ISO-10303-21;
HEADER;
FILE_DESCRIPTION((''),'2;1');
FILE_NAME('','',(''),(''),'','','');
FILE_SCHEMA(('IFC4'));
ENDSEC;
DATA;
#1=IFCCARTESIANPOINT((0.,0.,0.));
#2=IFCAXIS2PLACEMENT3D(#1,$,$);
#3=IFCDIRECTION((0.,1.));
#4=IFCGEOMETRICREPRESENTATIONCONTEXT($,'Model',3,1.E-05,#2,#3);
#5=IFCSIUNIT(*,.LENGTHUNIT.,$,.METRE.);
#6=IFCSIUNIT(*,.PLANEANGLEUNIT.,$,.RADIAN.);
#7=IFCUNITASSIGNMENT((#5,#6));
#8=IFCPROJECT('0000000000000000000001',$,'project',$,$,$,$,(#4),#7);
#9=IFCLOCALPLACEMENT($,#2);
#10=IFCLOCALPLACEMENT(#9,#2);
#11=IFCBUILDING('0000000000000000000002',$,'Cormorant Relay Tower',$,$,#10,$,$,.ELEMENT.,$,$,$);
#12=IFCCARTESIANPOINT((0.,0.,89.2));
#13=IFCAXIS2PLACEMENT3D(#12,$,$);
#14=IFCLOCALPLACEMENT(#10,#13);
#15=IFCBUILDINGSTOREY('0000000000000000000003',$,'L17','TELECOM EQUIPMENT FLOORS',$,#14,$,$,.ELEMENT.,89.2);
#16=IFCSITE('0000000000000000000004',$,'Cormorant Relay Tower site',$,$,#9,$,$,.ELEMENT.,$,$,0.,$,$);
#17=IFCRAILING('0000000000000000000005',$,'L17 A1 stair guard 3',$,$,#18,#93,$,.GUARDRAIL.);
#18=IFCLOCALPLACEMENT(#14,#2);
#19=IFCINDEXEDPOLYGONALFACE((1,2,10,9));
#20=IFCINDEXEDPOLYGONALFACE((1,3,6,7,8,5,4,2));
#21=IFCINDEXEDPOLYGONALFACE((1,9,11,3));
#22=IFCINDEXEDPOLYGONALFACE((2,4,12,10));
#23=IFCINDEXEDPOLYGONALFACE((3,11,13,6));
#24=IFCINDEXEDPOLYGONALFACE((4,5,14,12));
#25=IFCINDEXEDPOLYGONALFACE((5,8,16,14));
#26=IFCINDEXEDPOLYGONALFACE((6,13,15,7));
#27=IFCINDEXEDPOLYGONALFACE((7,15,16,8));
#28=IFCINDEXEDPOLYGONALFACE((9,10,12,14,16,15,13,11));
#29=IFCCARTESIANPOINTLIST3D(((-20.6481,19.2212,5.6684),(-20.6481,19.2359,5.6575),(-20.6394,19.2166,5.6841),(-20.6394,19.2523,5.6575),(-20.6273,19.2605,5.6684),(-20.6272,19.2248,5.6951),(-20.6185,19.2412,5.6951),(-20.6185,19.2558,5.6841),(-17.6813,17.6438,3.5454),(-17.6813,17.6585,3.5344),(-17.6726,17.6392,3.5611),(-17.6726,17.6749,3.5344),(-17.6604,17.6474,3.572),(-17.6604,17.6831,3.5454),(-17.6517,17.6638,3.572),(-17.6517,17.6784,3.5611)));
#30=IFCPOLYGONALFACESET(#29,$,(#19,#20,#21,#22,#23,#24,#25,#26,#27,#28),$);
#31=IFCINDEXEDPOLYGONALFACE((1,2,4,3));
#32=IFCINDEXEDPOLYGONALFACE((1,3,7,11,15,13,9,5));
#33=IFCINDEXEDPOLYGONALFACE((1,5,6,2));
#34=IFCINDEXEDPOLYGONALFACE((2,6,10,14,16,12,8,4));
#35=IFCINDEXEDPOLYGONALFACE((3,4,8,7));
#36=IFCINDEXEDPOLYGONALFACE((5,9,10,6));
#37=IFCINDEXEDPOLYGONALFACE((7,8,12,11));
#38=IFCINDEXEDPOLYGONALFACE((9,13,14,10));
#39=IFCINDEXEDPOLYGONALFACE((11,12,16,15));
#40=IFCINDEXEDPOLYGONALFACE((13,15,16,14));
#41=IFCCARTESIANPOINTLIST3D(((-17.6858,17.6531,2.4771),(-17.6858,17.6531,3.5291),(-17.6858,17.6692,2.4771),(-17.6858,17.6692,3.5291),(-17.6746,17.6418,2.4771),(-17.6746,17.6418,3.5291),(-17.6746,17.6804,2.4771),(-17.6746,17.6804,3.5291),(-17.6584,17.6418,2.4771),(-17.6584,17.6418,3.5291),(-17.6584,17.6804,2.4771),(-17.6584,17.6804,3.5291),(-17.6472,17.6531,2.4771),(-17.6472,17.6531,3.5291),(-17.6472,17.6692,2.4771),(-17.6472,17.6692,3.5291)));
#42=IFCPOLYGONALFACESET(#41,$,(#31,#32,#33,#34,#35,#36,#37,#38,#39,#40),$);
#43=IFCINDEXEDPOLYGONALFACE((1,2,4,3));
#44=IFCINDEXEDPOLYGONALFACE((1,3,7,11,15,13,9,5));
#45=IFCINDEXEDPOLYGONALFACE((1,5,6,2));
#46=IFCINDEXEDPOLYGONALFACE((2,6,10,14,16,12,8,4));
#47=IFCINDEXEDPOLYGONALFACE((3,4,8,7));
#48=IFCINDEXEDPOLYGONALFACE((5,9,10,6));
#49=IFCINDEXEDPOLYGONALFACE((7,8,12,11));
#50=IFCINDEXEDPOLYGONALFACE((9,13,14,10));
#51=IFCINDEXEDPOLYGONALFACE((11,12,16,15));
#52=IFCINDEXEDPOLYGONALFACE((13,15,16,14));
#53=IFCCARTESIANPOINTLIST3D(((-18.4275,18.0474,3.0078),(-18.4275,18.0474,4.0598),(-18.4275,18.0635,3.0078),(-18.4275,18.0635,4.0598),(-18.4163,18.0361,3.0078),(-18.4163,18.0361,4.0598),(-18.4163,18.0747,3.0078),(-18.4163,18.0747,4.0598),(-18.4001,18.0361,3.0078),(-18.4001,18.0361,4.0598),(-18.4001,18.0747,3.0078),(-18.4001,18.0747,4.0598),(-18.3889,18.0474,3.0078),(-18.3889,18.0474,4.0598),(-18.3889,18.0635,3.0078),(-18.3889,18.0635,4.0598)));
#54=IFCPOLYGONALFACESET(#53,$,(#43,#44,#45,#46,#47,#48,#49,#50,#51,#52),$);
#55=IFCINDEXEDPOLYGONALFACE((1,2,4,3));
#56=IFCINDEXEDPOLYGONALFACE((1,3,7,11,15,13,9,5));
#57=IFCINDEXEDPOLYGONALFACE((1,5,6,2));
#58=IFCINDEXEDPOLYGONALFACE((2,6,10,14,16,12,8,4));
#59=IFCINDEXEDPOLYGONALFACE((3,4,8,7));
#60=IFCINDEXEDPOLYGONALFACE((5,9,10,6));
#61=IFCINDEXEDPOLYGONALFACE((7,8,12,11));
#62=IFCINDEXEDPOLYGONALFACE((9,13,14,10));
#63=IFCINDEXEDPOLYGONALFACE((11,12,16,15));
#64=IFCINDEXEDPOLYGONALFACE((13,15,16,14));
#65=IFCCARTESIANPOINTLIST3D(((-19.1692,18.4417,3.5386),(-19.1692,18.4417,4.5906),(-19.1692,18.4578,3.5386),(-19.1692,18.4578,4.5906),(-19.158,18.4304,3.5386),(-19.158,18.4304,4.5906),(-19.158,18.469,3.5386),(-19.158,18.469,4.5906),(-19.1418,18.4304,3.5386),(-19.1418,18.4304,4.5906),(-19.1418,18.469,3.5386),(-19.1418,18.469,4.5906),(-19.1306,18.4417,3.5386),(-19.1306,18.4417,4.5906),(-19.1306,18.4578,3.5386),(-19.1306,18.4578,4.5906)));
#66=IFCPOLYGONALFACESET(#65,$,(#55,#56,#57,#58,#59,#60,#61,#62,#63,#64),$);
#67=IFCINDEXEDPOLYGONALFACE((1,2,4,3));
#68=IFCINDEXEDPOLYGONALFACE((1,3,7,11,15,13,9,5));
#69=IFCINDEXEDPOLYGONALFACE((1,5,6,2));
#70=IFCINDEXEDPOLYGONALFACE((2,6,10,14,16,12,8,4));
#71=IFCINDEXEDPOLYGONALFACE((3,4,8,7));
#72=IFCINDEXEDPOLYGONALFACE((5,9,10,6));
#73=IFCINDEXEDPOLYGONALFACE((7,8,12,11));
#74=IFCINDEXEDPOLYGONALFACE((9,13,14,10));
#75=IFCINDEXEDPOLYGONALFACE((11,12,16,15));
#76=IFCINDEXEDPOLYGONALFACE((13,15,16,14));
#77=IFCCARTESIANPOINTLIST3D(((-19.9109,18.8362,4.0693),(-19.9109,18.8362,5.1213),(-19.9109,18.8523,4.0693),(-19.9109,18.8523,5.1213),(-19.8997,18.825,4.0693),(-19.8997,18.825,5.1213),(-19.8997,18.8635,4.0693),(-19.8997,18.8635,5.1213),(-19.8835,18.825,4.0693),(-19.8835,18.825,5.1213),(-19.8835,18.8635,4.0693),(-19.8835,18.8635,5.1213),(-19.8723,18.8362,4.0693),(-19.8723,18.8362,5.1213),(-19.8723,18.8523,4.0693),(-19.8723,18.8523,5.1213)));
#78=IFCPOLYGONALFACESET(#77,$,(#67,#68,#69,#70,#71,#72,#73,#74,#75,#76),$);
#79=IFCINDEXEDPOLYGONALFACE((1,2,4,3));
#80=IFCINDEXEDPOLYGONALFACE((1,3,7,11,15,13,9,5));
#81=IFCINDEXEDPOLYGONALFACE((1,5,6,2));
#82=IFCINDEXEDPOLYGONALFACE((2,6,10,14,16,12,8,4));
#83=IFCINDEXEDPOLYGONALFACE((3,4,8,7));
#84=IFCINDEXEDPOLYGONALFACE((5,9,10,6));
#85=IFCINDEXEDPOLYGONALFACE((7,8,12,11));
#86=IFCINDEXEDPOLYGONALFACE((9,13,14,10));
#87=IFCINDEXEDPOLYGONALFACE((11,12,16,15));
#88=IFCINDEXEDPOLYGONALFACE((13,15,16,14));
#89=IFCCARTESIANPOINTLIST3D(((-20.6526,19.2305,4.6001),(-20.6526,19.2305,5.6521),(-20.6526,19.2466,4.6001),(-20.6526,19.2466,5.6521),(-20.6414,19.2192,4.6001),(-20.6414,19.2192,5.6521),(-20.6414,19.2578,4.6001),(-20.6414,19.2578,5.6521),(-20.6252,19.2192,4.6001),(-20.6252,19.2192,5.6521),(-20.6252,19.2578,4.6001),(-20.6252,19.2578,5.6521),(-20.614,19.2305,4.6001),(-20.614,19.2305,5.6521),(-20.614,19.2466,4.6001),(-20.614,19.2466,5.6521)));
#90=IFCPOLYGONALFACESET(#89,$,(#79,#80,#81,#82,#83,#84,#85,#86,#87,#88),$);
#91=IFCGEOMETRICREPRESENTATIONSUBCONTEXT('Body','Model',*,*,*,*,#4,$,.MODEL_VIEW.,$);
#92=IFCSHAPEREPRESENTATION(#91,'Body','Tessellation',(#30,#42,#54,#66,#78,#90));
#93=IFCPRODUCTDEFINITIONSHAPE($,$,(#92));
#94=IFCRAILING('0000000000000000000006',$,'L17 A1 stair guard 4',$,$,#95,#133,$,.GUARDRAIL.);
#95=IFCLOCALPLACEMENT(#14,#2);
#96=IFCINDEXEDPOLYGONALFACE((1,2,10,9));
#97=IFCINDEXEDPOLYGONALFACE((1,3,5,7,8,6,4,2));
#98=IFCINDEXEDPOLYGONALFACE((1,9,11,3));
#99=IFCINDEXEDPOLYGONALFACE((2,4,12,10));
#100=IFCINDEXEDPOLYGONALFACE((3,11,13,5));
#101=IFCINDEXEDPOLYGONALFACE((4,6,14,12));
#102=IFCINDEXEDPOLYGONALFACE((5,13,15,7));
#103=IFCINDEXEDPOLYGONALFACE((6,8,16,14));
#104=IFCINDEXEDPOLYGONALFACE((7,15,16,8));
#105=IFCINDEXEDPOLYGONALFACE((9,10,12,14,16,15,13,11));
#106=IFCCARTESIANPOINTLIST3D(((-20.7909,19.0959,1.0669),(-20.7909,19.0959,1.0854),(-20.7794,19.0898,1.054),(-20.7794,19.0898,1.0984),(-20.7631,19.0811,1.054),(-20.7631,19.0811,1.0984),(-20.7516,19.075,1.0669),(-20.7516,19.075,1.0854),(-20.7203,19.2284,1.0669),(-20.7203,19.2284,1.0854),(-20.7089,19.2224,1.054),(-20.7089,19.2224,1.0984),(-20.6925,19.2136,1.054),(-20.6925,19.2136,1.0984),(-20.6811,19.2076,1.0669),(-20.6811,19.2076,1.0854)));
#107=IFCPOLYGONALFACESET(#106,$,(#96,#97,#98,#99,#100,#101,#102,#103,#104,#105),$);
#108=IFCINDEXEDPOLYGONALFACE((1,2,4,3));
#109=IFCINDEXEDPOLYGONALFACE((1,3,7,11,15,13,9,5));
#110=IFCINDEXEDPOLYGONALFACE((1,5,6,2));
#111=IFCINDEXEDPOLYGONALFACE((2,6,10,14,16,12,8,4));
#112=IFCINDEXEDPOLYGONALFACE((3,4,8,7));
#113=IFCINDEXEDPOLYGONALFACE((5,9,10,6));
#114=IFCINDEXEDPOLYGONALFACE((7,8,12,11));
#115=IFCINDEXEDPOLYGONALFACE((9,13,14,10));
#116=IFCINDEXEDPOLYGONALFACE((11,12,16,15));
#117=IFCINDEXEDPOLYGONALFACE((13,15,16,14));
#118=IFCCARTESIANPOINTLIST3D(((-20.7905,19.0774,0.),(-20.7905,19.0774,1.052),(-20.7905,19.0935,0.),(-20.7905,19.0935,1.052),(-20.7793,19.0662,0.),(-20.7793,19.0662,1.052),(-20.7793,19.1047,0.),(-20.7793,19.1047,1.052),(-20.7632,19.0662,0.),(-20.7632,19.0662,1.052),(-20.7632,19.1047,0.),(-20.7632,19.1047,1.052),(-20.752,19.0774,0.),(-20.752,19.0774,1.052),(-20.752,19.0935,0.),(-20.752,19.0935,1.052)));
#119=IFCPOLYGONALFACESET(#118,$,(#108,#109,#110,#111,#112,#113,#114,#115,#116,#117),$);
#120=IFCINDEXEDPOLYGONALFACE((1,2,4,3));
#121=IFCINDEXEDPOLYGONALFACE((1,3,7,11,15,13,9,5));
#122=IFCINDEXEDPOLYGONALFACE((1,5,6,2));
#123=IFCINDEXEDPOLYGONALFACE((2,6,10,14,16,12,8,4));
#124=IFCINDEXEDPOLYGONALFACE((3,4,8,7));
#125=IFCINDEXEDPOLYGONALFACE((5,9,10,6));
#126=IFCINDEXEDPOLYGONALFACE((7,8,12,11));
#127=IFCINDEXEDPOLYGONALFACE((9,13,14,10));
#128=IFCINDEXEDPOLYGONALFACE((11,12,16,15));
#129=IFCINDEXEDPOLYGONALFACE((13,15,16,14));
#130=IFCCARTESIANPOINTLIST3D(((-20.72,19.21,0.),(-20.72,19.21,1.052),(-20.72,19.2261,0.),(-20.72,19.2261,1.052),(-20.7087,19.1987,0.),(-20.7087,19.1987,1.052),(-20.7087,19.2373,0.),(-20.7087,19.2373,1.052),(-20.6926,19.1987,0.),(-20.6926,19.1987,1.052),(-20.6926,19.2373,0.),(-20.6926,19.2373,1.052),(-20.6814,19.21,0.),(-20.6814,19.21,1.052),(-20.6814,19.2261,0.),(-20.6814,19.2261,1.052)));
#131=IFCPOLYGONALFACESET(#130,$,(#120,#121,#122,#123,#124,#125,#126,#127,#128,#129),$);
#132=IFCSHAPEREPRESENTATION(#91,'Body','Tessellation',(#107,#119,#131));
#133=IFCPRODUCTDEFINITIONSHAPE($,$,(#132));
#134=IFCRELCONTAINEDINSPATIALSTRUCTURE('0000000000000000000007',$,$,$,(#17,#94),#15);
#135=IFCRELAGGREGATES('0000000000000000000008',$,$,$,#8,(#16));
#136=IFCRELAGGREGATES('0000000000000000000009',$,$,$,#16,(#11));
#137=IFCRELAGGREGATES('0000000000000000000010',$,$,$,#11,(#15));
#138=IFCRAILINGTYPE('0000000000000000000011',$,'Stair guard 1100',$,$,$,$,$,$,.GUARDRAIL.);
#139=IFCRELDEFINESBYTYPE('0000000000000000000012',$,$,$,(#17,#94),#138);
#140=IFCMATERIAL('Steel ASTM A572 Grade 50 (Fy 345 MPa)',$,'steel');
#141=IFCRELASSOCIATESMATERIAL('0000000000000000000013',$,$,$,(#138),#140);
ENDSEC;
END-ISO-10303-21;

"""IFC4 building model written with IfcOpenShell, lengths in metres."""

from ifc_helpers import new_model, si_unit, direction, frame, origin, place, context, subcontext, project, spatial, polyline, outline, extrude, material, type_object, element, save


model = new_model("IFC4")

# Units and contexts
model_context = context("Model", 3, precision=1e-05, world=origin(), true_north=direction((0.0, 1.0)))
body_context = subcontext(model_context, "Body", "Model", "MODEL_VIEW")
ifc_project = project(units=[si_unit("LENGTHUNIT", "METRE"), si_unit("PLANEANGLEUNIT", "RADIAN")], contexts=[model_context])

# Site, building, storey
site_placement = place(None, origin())
site = spatial("IfcSite", under=ifc_project, at=site_placement, Name="Cormorant Relay Tower site", CompositionType="ELEMENT", RefElevation=0.0)
building_placement = place(site_placement, origin())
building = spatial("IfcBuilding", under=site, at=building_placement, Name="Cormorant Relay Tower", CompositionType="ELEMENT")
storey_placement = place(building_placement, frame((0.0, 0.0, 89.2)))
storey = spatial("IfcBuildingStorey", under=building, at=storey_placement, Name="L17", Description="TELECOM EQUIPMENT FLOORS", CompositionType="ELEMENT", Elevation=89.2)

# Railings
ifc_material_1 = material(Name="Steel ASTM A572 Grade 50 (Fy 345 MPa)", Category="steel")
railing_type_1 = type_object("IfcRailingType", Name="Stair guard 1100", PredefinedType="GUARDRAIL", material=ifc_material_1)
railing_1_placement = place(storey_placement, frame((-17.6665, 17.6611, 2.4771)))
element("IfcRailing", 1, at=railing_1_placement, inside=storey, type_object=railing_type_1, Name="L17 A1 stair guard 3", PredefinedType="GUARDRAIL", context=body_context, shape_type="SweptSolid", body=[
    extrude(outline(polyline([(0.0222, 0.0093), (0.0093, 0.0222), (-0.0093, 0.0222), (-0.0222, 0.0093), (-0.0222, -0.0093), (-0.0093, -0.0222), (0.0093, -0.0222), (0.0222, -0.0093), (0.0222, 0.0093)])), frame((0.0, 0.0, 1.0762), z_axis=(-0.746441, 0.396869, 0.534155), x_axis=(-0.469453, -0.882958, 0.0)), (0.0, 0.0, 1.0), 3.9746),
    extrude(outline(polyline([(0.0193, 0.0081), (0.0081, 0.0193), (-0.0081, 0.0193), (-0.0193, 0.0081), (-0.0193, -0.0081), (-0.0081, -0.0193), (0.0081, -0.0193), (0.0193, -0.0081), (0.0193, 0.0081)])), origin(), (0.0, 0.0, 1.0), 1.052),
    extrude(outline(polyline([(0.0193, 0.0081), (0.0081, 0.0193), (-0.0081, 0.0193), (-0.0193, 0.0081), (-0.0193, -0.0081), (-0.0081, -0.0193), (0.0081, -0.0193), (0.0193, -0.0081), (0.0193, 0.0081)])), frame((-0.7417, 0.3943, 0.5308)), (0.0, 0.0, 1.0), 1.052),
    extrude(outline(polyline([(0.0193, 0.0081), (0.0081, 0.0193), (-0.0081, 0.0193), (-0.0193, 0.0081), (-0.0193, -0.0081), (-0.0081, -0.0193), (0.0081, -0.0193), (0.0193, -0.0081), (0.0193, 0.0081)])), frame((-1.4834, 0.7886, 1.0615)), (0.0, 0.0, 1.0), 1.052),
    extrude(outline(polyline([(0.0193, 0.0081), (0.0081, 0.0193), (-0.0081, 0.0193), (-0.0193, 0.0081), (-0.0193, -0.0081), (-0.0081, -0.0193), (0.0081, -0.0193), (0.0193, -0.0081), (0.0193, 0.0081)])), frame((-2.2251, 1.1831, 1.5923)), (0.0, 0.0, 1.0), 1.052),
    extrude(outline(polyline([(0.0193, 0.0081), (0.0081, 0.0193), (-0.0081, 0.0193), (-0.0193, 0.0081), (-0.0193, -0.0081), (-0.0081, -0.0193), (0.0081, -0.0193), (0.0193, -0.0081), (0.0193, 0.0081)])), frame((-2.9668, 1.5774, 2.123)), (0.0, 0.0, 1.0), 1.052),
])
railing_2_placement = place(storey_placement, frame((-20.7712, 19.0854, 0.0)))
element("IfcRailing", 2, at=railing_2_placement, inside=storey, type_object=railing_type_1, Name="L17 A1 stair guard 4", PredefinedType="GUARDRAIL", context=body_context, shape_type="SweptSolid", body=[
    extrude(outline(polyline([(0.0222, 0.0093), (0.0093, 0.0222), (-0.0093, 0.0222), (-0.0222, 0.0093), (-0.0222, -0.0093), (-0.0093, -0.0222), (0.0093, -0.0222), (0.0222, -0.0093), (0.0222, 0.0093)])), frame((0.0, 0.0, 1.0762), z_axis=(0.469829, 0.882758, 0.0), x_axis=(-0.882758, 0.469829, 0.0)), (0.0, 0.0, 1.0), 0.1501),
    extrude(outline(polyline([(0.0193, 0.0081), (0.0081, 0.0193), (-0.0081, 0.0193), (-0.0193, 0.0081), (-0.0193, -0.0081), (-0.0081, -0.0193), (0.0081, -0.0193), (0.0193, -0.0081), (0.0193, 0.0081)])), origin(), (0.0, 0.0, 1.0), 1.052),
    extrude(outline(polyline([(0.0193, 0.0081), (0.0081, 0.0193), (-0.0081, 0.0193), (-0.0193, 0.0081), (-0.0193, -0.0081), (-0.0081, -0.0193), (0.0081, -0.0193), (0.0193, -0.0081), (0.0193, 0.0081)])), frame((0.0706, 0.1326, 0.0)), (0.0, 0.0, 1.0), 1.052),
])

save(model, "model.ifc")
